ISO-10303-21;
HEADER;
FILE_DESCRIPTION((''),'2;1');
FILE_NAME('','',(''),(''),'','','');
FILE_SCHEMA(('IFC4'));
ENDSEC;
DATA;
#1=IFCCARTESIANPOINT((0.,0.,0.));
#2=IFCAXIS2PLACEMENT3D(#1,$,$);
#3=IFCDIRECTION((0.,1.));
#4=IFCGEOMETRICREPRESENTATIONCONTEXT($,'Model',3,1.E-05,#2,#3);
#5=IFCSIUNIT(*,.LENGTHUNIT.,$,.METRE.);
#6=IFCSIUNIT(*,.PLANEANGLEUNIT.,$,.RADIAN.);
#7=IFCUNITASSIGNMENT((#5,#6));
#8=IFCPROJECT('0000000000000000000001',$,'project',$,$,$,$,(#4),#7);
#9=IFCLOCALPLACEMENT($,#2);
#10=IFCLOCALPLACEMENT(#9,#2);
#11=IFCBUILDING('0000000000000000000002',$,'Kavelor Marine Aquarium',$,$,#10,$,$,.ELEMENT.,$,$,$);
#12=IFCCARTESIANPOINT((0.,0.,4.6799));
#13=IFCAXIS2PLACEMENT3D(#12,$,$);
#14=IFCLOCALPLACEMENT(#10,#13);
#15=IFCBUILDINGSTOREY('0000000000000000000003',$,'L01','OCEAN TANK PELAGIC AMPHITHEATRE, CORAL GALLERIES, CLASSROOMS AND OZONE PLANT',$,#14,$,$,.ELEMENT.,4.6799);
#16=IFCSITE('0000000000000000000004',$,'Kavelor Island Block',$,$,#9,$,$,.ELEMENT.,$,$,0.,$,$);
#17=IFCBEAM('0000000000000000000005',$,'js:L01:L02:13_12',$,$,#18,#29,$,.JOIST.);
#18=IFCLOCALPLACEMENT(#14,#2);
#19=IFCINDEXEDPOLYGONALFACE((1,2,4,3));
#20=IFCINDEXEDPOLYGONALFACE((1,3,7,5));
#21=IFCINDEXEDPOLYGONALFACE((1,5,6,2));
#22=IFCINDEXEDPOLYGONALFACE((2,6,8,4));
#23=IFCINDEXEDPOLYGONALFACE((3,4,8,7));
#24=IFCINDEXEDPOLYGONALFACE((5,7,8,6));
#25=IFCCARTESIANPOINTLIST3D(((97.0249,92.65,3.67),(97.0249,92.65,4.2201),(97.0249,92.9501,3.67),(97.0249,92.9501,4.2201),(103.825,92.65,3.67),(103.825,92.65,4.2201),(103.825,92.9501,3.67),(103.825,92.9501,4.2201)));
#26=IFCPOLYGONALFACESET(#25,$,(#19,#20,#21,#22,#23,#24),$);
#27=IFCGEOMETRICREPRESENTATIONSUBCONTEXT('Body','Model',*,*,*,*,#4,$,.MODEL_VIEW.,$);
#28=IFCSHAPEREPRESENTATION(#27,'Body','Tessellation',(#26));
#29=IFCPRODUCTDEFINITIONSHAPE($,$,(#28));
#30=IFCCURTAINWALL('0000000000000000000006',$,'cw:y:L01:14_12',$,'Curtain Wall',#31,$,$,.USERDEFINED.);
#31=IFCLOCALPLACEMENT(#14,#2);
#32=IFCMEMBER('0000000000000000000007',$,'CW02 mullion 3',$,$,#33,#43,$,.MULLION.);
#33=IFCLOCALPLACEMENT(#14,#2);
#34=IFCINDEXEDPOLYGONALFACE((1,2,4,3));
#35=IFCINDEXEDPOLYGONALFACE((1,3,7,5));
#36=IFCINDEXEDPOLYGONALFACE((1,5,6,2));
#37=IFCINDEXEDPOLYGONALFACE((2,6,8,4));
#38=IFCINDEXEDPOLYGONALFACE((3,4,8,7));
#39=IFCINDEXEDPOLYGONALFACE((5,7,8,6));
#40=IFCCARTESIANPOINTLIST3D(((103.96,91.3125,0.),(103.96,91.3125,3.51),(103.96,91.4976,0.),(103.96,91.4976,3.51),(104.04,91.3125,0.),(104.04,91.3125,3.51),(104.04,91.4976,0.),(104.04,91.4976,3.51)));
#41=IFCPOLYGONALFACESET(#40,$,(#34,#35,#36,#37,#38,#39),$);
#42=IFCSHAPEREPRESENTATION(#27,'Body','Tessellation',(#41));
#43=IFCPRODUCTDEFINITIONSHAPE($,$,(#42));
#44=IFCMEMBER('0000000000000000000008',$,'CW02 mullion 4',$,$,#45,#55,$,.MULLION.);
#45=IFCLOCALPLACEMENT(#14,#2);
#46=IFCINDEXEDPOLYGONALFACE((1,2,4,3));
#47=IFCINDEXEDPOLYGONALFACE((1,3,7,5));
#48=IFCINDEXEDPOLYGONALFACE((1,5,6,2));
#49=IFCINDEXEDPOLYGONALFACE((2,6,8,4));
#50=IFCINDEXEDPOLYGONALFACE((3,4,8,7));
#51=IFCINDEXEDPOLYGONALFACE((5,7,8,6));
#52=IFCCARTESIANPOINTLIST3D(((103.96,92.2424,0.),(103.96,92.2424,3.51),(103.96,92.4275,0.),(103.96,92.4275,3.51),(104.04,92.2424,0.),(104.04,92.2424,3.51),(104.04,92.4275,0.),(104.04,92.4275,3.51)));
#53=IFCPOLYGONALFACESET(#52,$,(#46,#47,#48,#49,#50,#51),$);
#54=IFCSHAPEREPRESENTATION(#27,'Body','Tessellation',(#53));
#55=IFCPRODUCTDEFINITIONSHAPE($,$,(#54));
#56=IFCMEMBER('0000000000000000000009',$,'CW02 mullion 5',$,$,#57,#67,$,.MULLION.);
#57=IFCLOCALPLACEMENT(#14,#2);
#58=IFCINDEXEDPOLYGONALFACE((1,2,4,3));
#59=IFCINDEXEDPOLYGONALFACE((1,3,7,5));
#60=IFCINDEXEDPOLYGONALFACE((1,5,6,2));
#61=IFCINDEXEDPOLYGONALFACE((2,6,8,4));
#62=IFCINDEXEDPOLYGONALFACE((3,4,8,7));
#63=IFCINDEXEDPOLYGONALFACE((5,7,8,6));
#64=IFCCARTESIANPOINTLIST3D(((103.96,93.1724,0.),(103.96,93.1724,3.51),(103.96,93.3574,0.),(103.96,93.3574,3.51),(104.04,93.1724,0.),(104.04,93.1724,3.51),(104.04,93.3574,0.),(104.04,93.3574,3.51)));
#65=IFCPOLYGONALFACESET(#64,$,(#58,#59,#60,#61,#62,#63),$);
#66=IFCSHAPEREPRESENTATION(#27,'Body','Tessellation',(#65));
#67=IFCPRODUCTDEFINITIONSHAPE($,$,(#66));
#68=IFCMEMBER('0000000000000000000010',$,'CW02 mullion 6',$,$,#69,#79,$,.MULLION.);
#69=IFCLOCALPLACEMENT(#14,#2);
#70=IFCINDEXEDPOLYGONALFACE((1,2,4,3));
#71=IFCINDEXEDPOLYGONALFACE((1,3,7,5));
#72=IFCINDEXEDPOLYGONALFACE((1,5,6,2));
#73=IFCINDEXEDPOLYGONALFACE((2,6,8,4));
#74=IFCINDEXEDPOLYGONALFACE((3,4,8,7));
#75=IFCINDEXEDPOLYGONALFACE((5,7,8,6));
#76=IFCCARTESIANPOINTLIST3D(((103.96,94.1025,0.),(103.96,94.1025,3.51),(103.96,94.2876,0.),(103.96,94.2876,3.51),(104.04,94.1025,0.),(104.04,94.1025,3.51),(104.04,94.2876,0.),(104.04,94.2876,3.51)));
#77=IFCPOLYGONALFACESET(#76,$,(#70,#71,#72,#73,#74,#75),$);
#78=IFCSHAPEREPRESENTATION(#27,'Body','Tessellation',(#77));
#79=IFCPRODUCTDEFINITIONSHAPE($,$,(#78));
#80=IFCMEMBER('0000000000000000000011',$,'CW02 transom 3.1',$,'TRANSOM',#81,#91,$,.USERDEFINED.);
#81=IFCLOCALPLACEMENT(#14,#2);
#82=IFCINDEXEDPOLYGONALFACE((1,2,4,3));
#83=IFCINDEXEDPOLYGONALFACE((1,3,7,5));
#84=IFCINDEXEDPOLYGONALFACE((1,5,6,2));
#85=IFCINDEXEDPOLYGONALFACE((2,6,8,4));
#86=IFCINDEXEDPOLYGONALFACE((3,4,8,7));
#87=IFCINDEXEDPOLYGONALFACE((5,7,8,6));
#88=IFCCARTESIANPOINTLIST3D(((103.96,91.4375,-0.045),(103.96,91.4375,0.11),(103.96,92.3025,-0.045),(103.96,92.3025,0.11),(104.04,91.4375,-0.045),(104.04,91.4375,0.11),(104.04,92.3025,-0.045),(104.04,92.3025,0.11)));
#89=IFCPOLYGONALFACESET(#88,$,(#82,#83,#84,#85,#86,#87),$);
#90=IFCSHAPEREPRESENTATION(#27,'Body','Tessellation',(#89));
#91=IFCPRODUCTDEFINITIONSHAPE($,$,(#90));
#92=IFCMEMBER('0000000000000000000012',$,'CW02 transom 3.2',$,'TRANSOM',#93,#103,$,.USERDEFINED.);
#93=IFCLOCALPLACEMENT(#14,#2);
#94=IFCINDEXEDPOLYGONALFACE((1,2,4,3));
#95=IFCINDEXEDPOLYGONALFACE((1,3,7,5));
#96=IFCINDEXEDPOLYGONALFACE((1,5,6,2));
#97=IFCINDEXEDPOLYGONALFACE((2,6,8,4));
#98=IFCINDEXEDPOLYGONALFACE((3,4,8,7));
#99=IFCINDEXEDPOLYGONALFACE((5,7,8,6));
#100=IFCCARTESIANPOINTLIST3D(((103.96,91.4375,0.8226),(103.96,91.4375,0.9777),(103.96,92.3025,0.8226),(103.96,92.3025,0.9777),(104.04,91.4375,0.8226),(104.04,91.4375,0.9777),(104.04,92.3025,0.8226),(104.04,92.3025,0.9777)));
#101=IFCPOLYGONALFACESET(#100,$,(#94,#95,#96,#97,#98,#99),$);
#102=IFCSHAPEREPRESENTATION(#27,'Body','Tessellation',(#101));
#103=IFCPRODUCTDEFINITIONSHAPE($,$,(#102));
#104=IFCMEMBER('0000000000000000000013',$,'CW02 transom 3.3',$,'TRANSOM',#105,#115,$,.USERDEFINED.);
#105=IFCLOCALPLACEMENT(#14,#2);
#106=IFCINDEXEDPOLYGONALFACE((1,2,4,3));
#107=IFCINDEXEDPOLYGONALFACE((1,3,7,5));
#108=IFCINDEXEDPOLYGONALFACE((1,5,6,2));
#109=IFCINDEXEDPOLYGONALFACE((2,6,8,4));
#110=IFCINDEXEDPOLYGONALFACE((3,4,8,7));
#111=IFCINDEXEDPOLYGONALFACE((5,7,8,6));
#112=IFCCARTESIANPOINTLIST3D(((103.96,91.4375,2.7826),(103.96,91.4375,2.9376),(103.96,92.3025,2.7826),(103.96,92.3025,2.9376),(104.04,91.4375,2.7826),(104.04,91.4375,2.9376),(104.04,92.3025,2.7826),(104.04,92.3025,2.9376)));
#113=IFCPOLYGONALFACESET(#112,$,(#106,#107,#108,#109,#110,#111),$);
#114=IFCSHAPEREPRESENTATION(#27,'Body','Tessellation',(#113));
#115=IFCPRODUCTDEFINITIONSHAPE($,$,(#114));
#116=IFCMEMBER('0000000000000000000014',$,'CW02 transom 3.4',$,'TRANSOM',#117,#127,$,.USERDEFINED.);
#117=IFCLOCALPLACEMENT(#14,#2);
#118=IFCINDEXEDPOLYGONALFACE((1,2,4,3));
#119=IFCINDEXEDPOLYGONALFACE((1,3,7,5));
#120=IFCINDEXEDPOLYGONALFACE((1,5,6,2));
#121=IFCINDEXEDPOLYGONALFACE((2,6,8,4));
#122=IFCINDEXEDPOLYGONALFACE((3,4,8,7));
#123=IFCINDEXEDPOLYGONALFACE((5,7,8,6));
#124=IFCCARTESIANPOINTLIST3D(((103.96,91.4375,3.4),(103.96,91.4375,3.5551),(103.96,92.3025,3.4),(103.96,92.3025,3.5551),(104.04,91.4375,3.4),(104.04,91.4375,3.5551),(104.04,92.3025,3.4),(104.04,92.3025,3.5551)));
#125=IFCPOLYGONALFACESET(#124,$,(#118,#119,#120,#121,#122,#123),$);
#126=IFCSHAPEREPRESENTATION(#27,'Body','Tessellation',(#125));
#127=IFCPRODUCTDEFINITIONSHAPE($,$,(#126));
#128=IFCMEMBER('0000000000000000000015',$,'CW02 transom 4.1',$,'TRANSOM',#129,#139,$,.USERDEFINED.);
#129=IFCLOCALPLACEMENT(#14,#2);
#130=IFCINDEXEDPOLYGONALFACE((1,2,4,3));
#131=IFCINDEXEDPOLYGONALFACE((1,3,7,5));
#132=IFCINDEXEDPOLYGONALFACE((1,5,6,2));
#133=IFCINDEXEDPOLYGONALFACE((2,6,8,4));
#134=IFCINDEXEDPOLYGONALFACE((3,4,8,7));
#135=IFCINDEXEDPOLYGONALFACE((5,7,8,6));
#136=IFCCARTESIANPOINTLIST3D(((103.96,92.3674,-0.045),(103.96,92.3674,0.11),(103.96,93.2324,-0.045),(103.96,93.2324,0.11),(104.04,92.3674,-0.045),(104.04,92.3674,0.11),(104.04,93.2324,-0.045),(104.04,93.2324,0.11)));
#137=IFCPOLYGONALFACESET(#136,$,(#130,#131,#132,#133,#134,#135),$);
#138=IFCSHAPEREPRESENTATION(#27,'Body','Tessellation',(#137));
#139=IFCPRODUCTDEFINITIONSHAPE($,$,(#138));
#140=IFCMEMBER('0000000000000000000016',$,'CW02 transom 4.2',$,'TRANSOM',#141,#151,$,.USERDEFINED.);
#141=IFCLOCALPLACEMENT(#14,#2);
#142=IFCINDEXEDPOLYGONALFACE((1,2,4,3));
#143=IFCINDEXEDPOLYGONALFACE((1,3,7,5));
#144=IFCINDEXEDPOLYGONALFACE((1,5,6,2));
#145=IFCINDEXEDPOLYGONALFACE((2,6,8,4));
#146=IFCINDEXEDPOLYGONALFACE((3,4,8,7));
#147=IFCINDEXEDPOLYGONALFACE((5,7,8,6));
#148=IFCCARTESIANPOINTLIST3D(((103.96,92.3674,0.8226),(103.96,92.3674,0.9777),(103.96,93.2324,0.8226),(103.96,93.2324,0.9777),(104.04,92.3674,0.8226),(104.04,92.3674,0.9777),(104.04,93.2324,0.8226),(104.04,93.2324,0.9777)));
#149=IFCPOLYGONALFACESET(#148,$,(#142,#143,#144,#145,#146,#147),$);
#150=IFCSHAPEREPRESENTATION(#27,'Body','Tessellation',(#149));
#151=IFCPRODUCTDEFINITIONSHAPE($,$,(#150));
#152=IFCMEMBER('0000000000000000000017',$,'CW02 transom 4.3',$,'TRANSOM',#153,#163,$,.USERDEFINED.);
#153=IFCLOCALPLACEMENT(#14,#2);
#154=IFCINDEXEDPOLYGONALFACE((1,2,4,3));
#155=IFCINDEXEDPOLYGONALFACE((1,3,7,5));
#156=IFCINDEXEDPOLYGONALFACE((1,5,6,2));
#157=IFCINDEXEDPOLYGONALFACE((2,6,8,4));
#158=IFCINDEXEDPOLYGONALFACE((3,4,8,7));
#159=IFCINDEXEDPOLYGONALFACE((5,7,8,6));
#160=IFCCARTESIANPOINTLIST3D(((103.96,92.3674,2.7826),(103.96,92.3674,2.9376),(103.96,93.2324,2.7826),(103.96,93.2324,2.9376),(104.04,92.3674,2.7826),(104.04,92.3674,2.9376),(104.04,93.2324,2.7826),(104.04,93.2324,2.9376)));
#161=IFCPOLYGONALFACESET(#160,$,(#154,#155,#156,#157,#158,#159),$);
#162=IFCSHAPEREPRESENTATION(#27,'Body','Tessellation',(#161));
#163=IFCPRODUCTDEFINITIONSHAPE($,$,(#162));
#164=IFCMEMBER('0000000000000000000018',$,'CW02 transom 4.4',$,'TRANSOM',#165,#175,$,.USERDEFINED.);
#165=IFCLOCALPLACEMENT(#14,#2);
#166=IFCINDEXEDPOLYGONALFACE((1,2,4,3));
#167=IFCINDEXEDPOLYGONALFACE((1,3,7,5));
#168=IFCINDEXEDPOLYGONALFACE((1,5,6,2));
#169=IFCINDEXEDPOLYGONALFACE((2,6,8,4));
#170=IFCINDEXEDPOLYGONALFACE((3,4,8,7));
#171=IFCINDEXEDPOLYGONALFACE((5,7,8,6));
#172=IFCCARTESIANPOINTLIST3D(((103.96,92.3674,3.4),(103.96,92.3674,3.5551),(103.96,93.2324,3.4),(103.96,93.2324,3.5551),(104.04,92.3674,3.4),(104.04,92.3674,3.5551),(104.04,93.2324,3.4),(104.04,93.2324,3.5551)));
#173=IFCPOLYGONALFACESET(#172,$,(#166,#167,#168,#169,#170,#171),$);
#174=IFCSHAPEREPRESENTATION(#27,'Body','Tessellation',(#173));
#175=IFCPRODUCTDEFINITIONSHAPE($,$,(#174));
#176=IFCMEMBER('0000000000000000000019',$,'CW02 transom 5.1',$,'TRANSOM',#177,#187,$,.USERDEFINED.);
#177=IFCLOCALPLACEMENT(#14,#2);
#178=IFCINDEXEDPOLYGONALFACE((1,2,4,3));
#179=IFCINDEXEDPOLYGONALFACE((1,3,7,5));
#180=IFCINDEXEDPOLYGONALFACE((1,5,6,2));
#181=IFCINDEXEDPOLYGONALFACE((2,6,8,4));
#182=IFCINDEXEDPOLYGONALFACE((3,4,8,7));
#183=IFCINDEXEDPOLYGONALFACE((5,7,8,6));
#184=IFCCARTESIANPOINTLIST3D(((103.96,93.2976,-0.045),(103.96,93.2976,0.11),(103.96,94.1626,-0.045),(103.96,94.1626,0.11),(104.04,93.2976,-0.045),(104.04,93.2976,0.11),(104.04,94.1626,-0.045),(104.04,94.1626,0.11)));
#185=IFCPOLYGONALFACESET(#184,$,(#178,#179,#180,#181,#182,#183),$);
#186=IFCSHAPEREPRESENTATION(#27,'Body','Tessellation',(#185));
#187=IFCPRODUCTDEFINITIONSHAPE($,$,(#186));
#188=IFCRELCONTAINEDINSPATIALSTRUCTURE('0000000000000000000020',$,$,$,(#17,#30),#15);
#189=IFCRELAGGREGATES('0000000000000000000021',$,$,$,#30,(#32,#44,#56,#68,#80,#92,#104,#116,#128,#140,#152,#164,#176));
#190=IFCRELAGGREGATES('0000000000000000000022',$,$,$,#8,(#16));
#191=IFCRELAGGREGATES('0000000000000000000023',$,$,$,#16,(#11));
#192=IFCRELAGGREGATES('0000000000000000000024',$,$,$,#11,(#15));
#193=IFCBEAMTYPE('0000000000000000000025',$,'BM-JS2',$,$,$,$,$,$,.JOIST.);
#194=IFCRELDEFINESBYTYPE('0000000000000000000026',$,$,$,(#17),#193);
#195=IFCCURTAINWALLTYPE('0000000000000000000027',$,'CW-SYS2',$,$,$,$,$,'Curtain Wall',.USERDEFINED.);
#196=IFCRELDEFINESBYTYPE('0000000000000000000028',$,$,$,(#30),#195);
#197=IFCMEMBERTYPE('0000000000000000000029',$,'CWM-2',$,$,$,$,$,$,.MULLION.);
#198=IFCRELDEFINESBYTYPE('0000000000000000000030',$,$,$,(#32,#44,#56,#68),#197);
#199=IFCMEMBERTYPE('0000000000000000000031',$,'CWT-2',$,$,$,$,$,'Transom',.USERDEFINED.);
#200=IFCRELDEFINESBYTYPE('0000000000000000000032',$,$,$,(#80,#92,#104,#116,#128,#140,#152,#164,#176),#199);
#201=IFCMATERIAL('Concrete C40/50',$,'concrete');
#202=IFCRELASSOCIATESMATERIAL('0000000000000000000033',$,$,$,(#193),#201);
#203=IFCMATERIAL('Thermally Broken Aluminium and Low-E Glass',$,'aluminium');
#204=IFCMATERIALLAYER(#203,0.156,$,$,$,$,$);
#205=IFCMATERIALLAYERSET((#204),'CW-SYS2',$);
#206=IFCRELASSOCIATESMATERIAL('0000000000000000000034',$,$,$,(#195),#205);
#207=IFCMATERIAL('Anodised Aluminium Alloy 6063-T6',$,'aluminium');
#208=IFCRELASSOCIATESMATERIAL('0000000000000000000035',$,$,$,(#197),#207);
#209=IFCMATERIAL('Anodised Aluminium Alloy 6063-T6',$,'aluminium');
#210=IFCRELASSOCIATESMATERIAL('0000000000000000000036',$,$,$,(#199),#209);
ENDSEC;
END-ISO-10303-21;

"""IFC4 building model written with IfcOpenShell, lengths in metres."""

from ifc_helpers import new_model, si_unit, direction, frame, origin, origin_2d, place, context, subcontext, project, spatial, rectangle, extrude, material, layer, layer_set, material_profile, profile_set, type_object, element, aggregate, save


model = new_model("IFC4")

# Units and contexts
model_context = context("Model", 3, precision=1e-05, world=origin(), true_north=direction((0.0, 1.0)))
body_context = subcontext(model_context, "Body", "Model", "MODEL_VIEW")
ifc_project = project(units=[si_unit("LENGTHUNIT", "METRE"), si_unit("PLANEANGLEUNIT", "RADIAN")], contexts=[model_context])

# Site, building, storey
site_placement = place(None, origin())
site = spatial("IfcSite", under=ifc_project, at=site_placement, Name="Kavelor Island Block", CompositionType="ELEMENT", RefElevation=0.0)
building_placement = place(site_placement, origin())
building = spatial("IfcBuilding", under=site, at=building_placement, Name="Kavelor Marine Aquarium", CompositionType="ELEMENT")
storey_placement = place(building_placement, frame((0.0, 0.0, 4.6799)))
storey = spatial("IfcBuildingStorey", under=building, at=storey_placement, Name="L01", Description="OCEAN TANK PELAGIC AMPHITHEATRE, CORAL GALLERIES, CLASSROOMS AND OZONE PLANT", CompositionType="ELEMENT", Elevation=4.6799)

# Beam
ifc_material_1 = material(Name="Concrete C40/50", Category="concrete")
ifc_material_profile_1 = material_profile(ifc_material_1, rectangle(XDim=0.3, YDim=0.55, at=origin_2d()), Name="RC-JS 300x550")
ifc_profile_set_1 = profile_set([ifc_material_profile_1], Name="Concrete C40/50")
beam_type = type_object("IfcBeamType", Name="BM-JS2", PredefinedType="JOIST", material=ifc_profile_set_1)
beam_placement = place(storey_placement, frame((97.0249, 92.8, 3.9451), z_axis=(1.0, 0.0, 0.0), x_axis=(0.0, 1.0, 0.0)))
element("IfcBeam", 1, at=beam_placement, inside=storey, type_object=beam_type, Name="js:L01:L02:13_12", PredefinedType="JOIST", context=body_context, shape_type="SweptSolid", body=[
    extrude(rectangle(XDim=0.3, YDim=0.55, at=origin_2d()), origin(), (0.0, 0.0, 1.0), 6.8),
])

# Curtain wall, members
ifc_material_2 = material(Name="Thermally Broken Aluminium and Low-E Glass", Category="aluminium")
ifc_layer_1 = layer(ifc_material_2, 0.156)
ifc_layer_set_1 = layer_set([ifc_layer_1], Name="CW-SYS2")
curtain_wall_type = type_object("IfcCurtainWallType", Name="CW-SYS2", ElementType="Curtain Wall", PredefinedType="USERDEFINED", material=ifc_layer_set_1)
curtain_wall_placement = place(storey_placement, origin())
curtain_wall = element("IfcCurtainWall", 2, at=curtain_wall_placement, inside=storey, type_object=curtain_wall_type, Name="cw:y:L01:14_12", ObjectType="Curtain Wall", PredefinedType="USERDEFINED")
ifc_material_3 = material(Name="Anodised Aluminium Alloy 6063-T6", Category="aluminium")
ifc_material_profile_2 = material_profile(ifc_material_3, rectangle(XDim=0.0801, YDim=0.1851, at=origin_2d()), Name="CW-MUL 80x185")
ifc_profile_set_2 = profile_set([ifc_material_profile_2], Name="Anodised Aluminium Alloy 6063-T6")
member_type_1 = type_object("IfcMemberType", Name="CWM-2", PredefinedType="MULLION", material=ifc_profile_set_2)
member_1_placement = place(storey_placement, frame((104.0, 91.405, 0.0), z_axis=(0.0, 0.0, 1.0), x_axis=(-1.0, 0.0, 0.0)))
member_1 = element("IfcMember", 3, at=member_1_placement, type_object=member_type_1, Name="CW02 mullion 3", PredefinedType="MULLION", context=body_context, shape_type="SweptSolid", body=[
    extrude(rectangle(XDim=0.0801, YDim=0.1851, at=origin_2d()), origin(), (0.0, 0.0, 1.0), 3.51),
])
member_2_placement = place(storey_placement, frame((104.0, 92.335, 0.0), z_axis=(0.0, 0.0, 1.0), x_axis=(-1.0, 0.0, 0.0)))
member_2 = element("IfcMember", 4, at=member_2_placement, type_object=member_type_1, Name="CW02 mullion 4", PredefinedType="MULLION", context=body_context, shape_type="SweptSolid", body=[
    extrude(rectangle(XDim=0.0801, YDim=0.1851, at=origin_2d()), origin(), (0.0, 0.0, 1.0), 3.51),
])
member_3_placement = place(storey_placement, frame((104.0, 93.2649, 0.0), z_axis=(0.0, 0.0, 1.0), x_axis=(-1.0, 0.0, 0.0)))
member_3 = element("IfcMember", 5, at=member_3_placement, type_object=member_type_1, Name="CW02 mullion 5", PredefinedType="MULLION", context=body_context, shape_type="SweptSolid", body=[
    extrude(rectangle(XDim=0.0801, YDim=0.1851, at=origin_2d()), origin(), (0.0, 0.0, 1.0), 3.51),
])
member_4_placement = place(storey_placement, frame((104.0, 94.1951, 0.0), z_axis=(0.0, 0.0, 1.0), x_axis=(-1.0, 0.0, 0.0)))
member_4 = element("IfcMember", 6, at=member_4_placement, type_object=member_type_1, Name="CW02 mullion 6", PredefinedType="MULLION", context=body_context, shape_type="SweptSolid", body=[
    extrude(rectangle(XDim=0.0801, YDim=0.1851, at=origin_2d()), origin(), (0.0, 0.0, 1.0), 3.51),
])
ifc_material_4 = material(Name="Anodised Aluminium Alloy 6063-T6", Category="aluminium")
ifc_material_profile_3 = material_profile(ifc_material_4, rectangle(XDim=0.0801, YDim=0.155, at=origin_2d()), Name="CW-TRN 80x155")
ifc_profile_set_3 = profile_set([ifc_material_profile_3], Name="Anodised Aluminium Alloy 6063-T6")
member_type_2 = type_object("IfcMemberType", Name="CWT-2", ElementType="Transom", PredefinedType="USERDEFINED", material=ifc_profile_set_3)
member_5_placement = place(storey_placement, frame((104.0, 91.4375, 0.0325), z_axis=(0.0, 1.0, 0.0), x_axis=(-1.0, 0.0, 0.0)))
member_5 = element("IfcMember", 7, at=member_5_placement, type_object=member_type_2, Name="CW02 transom 3.1", ObjectType="TRANSOM", PredefinedType="USERDEFINED", context=body_context, shape_type="SweptSolid", body=[
    extrude(rectangle(XDim=0.0801, YDim=0.155, at=origin_2d()), origin(), (0.0, 0.0, 1.0), 0.865),
])
member_6_placement = place(storey_placement, frame((104.0, 91.4375, 0.9001), z_axis=(0.0, 1.0, 0.0), x_axis=(-1.0, 0.0, 0.0)))
member_6 = element("IfcMember", 8, at=member_6_placement, type_object=member_type_2, Name="CW02 transom 3.2", ObjectType="TRANSOM", PredefinedType="USERDEFINED", context=body_context, shape_type="SweptSolid", body=[
    extrude(rectangle(XDim=0.0801, YDim=0.155, at=origin_2d()), origin(), (0.0, 0.0, 1.0), 0.865),
])
member_7_placement = place(storey_placement, frame((104.0, 91.4375, 2.8601), z_axis=(0.0, 1.0, 0.0), x_axis=(-1.0, 0.0, 0.0)))
member_7 = element("IfcMember", 9, at=member_7_placement, type_object=member_type_2, Name="CW02 transom 3.3", ObjectType="TRANSOM", PredefinedType="USERDEFINED", context=body_context, shape_type="SweptSolid", body=[
    extrude(rectangle(XDim=0.0801, YDim=0.155, at=origin_2d()), origin(), (0.0, 0.0, 1.0), 0.865),
])
member_8_placement = place(storey_placement, frame((104.0, 91.4375, 3.4775), z_axis=(0.0, 1.0, 0.0), x_axis=(-1.0, 0.0, 0.0)))
member_8 = element("IfcMember", 10, at=member_8_placement, type_object=member_type_2, Name="CW02 transom 3.4", ObjectType="TRANSOM", PredefinedType="USERDEFINED", context=body_context, shape_type="SweptSolid", body=[
    extrude(rectangle(XDim=0.0801, YDim=0.155, at=origin_2d()), origin(), (0.0, 0.0, 1.0), 0.865),
])
member_9_placement = place(storey_placement, frame((104.0, 92.3674, 0.0325), z_axis=(0.0, 1.0, 0.0), x_axis=(-1.0, 0.0, 0.0)))
member_9 = element("IfcMember", 11, at=member_9_placement, type_object=member_type_2, Name="CW02 transom 4.1", ObjectType="TRANSOM", PredefinedType="USERDEFINED", context=body_context, shape_type="SweptSolid", body=[
    extrude(rectangle(XDim=0.0801, YDim=0.155, at=origin_2d()), origin(), (0.0, 0.0, 1.0), 0.865),
])
member_10_placement = place(storey_placement, frame((104.0, 92.3674, 0.9001), z_axis=(0.0, 1.0, 0.0), x_axis=(-1.0, 0.0, 0.0)))
member_10 = element("IfcMember", 12, at=member_10_placement, type_object=member_type_2, Name="CW02 transom 4.2", ObjectType="TRANSOM", PredefinedType="USERDEFINED", context=body_context, shape_type="SweptSolid", body=[
    extrude(rectangle(XDim=0.0801, YDim=0.155, at=origin_2d()), origin(), (0.0, 0.0, 1.0), 0.865),
])
member_11_placement = place(storey_placement, frame((104.0, 92.3674, 2.8601), z_axis=(0.0, 1.0, 0.0), x_axis=(-1.0, 0.0, 0.0)))
member_11 = element("IfcMember", 13, at=member_11_placement, type_object=member_type_2, Name="CW02 transom 4.3", ObjectType="TRANSOM", PredefinedType="USERDEFINED", context=body_context, shape_type="SweptSolid", body=[
    extrude(rectangle(XDim=0.0801, YDim=0.155, at=origin_2d()), origin(), (0.0, 0.0, 1.0), 0.865),
])
member_12_placement = place(storey_placement, frame((104.0, 92.3674, 3.4775), z_axis=(0.0, 1.0, 0.0), x_axis=(-1.0, 0.0, 0.0)))
member_12 = element("IfcMember", 14, at=member_12_placement, type_object=member_type_2, Name="CW02 transom 4.4", ObjectType="TRANSOM", PredefinedType="USERDEFINED", context=body_context, shape_type="SweptSolid", body=[
    extrude(rectangle(XDim=0.0801, YDim=0.155, at=origin_2d()), origin(), (0.0, 0.0, 1.0), 0.865),
])
member_13_placement = place(storey_placement, frame((104.0, 93.2976, 0.0325), z_axis=(0.0, 1.0, 0.0), x_axis=(-1.0, 0.0, 0.0)))
member_13 = element("IfcMember", 15, at=member_13_placement, type_object=member_type_2, Name="CW02 transom 5.1", ObjectType="TRANSOM", PredefinedType="USERDEFINED", context=body_context, shape_type="SweptSolid", body=[
    extrude(rectangle(XDim=0.0801, YDim=0.155, at=origin_2d()), origin(), (0.0, 0.0, 1.0), 0.865),
])
aggregate(curtain_wall, [member_1, member_2, member_3, member_4, member_5, member_6, member_7, member_8, member_9, member_10, member_11, member_12, member_13])

save(model, "model.ifc")
